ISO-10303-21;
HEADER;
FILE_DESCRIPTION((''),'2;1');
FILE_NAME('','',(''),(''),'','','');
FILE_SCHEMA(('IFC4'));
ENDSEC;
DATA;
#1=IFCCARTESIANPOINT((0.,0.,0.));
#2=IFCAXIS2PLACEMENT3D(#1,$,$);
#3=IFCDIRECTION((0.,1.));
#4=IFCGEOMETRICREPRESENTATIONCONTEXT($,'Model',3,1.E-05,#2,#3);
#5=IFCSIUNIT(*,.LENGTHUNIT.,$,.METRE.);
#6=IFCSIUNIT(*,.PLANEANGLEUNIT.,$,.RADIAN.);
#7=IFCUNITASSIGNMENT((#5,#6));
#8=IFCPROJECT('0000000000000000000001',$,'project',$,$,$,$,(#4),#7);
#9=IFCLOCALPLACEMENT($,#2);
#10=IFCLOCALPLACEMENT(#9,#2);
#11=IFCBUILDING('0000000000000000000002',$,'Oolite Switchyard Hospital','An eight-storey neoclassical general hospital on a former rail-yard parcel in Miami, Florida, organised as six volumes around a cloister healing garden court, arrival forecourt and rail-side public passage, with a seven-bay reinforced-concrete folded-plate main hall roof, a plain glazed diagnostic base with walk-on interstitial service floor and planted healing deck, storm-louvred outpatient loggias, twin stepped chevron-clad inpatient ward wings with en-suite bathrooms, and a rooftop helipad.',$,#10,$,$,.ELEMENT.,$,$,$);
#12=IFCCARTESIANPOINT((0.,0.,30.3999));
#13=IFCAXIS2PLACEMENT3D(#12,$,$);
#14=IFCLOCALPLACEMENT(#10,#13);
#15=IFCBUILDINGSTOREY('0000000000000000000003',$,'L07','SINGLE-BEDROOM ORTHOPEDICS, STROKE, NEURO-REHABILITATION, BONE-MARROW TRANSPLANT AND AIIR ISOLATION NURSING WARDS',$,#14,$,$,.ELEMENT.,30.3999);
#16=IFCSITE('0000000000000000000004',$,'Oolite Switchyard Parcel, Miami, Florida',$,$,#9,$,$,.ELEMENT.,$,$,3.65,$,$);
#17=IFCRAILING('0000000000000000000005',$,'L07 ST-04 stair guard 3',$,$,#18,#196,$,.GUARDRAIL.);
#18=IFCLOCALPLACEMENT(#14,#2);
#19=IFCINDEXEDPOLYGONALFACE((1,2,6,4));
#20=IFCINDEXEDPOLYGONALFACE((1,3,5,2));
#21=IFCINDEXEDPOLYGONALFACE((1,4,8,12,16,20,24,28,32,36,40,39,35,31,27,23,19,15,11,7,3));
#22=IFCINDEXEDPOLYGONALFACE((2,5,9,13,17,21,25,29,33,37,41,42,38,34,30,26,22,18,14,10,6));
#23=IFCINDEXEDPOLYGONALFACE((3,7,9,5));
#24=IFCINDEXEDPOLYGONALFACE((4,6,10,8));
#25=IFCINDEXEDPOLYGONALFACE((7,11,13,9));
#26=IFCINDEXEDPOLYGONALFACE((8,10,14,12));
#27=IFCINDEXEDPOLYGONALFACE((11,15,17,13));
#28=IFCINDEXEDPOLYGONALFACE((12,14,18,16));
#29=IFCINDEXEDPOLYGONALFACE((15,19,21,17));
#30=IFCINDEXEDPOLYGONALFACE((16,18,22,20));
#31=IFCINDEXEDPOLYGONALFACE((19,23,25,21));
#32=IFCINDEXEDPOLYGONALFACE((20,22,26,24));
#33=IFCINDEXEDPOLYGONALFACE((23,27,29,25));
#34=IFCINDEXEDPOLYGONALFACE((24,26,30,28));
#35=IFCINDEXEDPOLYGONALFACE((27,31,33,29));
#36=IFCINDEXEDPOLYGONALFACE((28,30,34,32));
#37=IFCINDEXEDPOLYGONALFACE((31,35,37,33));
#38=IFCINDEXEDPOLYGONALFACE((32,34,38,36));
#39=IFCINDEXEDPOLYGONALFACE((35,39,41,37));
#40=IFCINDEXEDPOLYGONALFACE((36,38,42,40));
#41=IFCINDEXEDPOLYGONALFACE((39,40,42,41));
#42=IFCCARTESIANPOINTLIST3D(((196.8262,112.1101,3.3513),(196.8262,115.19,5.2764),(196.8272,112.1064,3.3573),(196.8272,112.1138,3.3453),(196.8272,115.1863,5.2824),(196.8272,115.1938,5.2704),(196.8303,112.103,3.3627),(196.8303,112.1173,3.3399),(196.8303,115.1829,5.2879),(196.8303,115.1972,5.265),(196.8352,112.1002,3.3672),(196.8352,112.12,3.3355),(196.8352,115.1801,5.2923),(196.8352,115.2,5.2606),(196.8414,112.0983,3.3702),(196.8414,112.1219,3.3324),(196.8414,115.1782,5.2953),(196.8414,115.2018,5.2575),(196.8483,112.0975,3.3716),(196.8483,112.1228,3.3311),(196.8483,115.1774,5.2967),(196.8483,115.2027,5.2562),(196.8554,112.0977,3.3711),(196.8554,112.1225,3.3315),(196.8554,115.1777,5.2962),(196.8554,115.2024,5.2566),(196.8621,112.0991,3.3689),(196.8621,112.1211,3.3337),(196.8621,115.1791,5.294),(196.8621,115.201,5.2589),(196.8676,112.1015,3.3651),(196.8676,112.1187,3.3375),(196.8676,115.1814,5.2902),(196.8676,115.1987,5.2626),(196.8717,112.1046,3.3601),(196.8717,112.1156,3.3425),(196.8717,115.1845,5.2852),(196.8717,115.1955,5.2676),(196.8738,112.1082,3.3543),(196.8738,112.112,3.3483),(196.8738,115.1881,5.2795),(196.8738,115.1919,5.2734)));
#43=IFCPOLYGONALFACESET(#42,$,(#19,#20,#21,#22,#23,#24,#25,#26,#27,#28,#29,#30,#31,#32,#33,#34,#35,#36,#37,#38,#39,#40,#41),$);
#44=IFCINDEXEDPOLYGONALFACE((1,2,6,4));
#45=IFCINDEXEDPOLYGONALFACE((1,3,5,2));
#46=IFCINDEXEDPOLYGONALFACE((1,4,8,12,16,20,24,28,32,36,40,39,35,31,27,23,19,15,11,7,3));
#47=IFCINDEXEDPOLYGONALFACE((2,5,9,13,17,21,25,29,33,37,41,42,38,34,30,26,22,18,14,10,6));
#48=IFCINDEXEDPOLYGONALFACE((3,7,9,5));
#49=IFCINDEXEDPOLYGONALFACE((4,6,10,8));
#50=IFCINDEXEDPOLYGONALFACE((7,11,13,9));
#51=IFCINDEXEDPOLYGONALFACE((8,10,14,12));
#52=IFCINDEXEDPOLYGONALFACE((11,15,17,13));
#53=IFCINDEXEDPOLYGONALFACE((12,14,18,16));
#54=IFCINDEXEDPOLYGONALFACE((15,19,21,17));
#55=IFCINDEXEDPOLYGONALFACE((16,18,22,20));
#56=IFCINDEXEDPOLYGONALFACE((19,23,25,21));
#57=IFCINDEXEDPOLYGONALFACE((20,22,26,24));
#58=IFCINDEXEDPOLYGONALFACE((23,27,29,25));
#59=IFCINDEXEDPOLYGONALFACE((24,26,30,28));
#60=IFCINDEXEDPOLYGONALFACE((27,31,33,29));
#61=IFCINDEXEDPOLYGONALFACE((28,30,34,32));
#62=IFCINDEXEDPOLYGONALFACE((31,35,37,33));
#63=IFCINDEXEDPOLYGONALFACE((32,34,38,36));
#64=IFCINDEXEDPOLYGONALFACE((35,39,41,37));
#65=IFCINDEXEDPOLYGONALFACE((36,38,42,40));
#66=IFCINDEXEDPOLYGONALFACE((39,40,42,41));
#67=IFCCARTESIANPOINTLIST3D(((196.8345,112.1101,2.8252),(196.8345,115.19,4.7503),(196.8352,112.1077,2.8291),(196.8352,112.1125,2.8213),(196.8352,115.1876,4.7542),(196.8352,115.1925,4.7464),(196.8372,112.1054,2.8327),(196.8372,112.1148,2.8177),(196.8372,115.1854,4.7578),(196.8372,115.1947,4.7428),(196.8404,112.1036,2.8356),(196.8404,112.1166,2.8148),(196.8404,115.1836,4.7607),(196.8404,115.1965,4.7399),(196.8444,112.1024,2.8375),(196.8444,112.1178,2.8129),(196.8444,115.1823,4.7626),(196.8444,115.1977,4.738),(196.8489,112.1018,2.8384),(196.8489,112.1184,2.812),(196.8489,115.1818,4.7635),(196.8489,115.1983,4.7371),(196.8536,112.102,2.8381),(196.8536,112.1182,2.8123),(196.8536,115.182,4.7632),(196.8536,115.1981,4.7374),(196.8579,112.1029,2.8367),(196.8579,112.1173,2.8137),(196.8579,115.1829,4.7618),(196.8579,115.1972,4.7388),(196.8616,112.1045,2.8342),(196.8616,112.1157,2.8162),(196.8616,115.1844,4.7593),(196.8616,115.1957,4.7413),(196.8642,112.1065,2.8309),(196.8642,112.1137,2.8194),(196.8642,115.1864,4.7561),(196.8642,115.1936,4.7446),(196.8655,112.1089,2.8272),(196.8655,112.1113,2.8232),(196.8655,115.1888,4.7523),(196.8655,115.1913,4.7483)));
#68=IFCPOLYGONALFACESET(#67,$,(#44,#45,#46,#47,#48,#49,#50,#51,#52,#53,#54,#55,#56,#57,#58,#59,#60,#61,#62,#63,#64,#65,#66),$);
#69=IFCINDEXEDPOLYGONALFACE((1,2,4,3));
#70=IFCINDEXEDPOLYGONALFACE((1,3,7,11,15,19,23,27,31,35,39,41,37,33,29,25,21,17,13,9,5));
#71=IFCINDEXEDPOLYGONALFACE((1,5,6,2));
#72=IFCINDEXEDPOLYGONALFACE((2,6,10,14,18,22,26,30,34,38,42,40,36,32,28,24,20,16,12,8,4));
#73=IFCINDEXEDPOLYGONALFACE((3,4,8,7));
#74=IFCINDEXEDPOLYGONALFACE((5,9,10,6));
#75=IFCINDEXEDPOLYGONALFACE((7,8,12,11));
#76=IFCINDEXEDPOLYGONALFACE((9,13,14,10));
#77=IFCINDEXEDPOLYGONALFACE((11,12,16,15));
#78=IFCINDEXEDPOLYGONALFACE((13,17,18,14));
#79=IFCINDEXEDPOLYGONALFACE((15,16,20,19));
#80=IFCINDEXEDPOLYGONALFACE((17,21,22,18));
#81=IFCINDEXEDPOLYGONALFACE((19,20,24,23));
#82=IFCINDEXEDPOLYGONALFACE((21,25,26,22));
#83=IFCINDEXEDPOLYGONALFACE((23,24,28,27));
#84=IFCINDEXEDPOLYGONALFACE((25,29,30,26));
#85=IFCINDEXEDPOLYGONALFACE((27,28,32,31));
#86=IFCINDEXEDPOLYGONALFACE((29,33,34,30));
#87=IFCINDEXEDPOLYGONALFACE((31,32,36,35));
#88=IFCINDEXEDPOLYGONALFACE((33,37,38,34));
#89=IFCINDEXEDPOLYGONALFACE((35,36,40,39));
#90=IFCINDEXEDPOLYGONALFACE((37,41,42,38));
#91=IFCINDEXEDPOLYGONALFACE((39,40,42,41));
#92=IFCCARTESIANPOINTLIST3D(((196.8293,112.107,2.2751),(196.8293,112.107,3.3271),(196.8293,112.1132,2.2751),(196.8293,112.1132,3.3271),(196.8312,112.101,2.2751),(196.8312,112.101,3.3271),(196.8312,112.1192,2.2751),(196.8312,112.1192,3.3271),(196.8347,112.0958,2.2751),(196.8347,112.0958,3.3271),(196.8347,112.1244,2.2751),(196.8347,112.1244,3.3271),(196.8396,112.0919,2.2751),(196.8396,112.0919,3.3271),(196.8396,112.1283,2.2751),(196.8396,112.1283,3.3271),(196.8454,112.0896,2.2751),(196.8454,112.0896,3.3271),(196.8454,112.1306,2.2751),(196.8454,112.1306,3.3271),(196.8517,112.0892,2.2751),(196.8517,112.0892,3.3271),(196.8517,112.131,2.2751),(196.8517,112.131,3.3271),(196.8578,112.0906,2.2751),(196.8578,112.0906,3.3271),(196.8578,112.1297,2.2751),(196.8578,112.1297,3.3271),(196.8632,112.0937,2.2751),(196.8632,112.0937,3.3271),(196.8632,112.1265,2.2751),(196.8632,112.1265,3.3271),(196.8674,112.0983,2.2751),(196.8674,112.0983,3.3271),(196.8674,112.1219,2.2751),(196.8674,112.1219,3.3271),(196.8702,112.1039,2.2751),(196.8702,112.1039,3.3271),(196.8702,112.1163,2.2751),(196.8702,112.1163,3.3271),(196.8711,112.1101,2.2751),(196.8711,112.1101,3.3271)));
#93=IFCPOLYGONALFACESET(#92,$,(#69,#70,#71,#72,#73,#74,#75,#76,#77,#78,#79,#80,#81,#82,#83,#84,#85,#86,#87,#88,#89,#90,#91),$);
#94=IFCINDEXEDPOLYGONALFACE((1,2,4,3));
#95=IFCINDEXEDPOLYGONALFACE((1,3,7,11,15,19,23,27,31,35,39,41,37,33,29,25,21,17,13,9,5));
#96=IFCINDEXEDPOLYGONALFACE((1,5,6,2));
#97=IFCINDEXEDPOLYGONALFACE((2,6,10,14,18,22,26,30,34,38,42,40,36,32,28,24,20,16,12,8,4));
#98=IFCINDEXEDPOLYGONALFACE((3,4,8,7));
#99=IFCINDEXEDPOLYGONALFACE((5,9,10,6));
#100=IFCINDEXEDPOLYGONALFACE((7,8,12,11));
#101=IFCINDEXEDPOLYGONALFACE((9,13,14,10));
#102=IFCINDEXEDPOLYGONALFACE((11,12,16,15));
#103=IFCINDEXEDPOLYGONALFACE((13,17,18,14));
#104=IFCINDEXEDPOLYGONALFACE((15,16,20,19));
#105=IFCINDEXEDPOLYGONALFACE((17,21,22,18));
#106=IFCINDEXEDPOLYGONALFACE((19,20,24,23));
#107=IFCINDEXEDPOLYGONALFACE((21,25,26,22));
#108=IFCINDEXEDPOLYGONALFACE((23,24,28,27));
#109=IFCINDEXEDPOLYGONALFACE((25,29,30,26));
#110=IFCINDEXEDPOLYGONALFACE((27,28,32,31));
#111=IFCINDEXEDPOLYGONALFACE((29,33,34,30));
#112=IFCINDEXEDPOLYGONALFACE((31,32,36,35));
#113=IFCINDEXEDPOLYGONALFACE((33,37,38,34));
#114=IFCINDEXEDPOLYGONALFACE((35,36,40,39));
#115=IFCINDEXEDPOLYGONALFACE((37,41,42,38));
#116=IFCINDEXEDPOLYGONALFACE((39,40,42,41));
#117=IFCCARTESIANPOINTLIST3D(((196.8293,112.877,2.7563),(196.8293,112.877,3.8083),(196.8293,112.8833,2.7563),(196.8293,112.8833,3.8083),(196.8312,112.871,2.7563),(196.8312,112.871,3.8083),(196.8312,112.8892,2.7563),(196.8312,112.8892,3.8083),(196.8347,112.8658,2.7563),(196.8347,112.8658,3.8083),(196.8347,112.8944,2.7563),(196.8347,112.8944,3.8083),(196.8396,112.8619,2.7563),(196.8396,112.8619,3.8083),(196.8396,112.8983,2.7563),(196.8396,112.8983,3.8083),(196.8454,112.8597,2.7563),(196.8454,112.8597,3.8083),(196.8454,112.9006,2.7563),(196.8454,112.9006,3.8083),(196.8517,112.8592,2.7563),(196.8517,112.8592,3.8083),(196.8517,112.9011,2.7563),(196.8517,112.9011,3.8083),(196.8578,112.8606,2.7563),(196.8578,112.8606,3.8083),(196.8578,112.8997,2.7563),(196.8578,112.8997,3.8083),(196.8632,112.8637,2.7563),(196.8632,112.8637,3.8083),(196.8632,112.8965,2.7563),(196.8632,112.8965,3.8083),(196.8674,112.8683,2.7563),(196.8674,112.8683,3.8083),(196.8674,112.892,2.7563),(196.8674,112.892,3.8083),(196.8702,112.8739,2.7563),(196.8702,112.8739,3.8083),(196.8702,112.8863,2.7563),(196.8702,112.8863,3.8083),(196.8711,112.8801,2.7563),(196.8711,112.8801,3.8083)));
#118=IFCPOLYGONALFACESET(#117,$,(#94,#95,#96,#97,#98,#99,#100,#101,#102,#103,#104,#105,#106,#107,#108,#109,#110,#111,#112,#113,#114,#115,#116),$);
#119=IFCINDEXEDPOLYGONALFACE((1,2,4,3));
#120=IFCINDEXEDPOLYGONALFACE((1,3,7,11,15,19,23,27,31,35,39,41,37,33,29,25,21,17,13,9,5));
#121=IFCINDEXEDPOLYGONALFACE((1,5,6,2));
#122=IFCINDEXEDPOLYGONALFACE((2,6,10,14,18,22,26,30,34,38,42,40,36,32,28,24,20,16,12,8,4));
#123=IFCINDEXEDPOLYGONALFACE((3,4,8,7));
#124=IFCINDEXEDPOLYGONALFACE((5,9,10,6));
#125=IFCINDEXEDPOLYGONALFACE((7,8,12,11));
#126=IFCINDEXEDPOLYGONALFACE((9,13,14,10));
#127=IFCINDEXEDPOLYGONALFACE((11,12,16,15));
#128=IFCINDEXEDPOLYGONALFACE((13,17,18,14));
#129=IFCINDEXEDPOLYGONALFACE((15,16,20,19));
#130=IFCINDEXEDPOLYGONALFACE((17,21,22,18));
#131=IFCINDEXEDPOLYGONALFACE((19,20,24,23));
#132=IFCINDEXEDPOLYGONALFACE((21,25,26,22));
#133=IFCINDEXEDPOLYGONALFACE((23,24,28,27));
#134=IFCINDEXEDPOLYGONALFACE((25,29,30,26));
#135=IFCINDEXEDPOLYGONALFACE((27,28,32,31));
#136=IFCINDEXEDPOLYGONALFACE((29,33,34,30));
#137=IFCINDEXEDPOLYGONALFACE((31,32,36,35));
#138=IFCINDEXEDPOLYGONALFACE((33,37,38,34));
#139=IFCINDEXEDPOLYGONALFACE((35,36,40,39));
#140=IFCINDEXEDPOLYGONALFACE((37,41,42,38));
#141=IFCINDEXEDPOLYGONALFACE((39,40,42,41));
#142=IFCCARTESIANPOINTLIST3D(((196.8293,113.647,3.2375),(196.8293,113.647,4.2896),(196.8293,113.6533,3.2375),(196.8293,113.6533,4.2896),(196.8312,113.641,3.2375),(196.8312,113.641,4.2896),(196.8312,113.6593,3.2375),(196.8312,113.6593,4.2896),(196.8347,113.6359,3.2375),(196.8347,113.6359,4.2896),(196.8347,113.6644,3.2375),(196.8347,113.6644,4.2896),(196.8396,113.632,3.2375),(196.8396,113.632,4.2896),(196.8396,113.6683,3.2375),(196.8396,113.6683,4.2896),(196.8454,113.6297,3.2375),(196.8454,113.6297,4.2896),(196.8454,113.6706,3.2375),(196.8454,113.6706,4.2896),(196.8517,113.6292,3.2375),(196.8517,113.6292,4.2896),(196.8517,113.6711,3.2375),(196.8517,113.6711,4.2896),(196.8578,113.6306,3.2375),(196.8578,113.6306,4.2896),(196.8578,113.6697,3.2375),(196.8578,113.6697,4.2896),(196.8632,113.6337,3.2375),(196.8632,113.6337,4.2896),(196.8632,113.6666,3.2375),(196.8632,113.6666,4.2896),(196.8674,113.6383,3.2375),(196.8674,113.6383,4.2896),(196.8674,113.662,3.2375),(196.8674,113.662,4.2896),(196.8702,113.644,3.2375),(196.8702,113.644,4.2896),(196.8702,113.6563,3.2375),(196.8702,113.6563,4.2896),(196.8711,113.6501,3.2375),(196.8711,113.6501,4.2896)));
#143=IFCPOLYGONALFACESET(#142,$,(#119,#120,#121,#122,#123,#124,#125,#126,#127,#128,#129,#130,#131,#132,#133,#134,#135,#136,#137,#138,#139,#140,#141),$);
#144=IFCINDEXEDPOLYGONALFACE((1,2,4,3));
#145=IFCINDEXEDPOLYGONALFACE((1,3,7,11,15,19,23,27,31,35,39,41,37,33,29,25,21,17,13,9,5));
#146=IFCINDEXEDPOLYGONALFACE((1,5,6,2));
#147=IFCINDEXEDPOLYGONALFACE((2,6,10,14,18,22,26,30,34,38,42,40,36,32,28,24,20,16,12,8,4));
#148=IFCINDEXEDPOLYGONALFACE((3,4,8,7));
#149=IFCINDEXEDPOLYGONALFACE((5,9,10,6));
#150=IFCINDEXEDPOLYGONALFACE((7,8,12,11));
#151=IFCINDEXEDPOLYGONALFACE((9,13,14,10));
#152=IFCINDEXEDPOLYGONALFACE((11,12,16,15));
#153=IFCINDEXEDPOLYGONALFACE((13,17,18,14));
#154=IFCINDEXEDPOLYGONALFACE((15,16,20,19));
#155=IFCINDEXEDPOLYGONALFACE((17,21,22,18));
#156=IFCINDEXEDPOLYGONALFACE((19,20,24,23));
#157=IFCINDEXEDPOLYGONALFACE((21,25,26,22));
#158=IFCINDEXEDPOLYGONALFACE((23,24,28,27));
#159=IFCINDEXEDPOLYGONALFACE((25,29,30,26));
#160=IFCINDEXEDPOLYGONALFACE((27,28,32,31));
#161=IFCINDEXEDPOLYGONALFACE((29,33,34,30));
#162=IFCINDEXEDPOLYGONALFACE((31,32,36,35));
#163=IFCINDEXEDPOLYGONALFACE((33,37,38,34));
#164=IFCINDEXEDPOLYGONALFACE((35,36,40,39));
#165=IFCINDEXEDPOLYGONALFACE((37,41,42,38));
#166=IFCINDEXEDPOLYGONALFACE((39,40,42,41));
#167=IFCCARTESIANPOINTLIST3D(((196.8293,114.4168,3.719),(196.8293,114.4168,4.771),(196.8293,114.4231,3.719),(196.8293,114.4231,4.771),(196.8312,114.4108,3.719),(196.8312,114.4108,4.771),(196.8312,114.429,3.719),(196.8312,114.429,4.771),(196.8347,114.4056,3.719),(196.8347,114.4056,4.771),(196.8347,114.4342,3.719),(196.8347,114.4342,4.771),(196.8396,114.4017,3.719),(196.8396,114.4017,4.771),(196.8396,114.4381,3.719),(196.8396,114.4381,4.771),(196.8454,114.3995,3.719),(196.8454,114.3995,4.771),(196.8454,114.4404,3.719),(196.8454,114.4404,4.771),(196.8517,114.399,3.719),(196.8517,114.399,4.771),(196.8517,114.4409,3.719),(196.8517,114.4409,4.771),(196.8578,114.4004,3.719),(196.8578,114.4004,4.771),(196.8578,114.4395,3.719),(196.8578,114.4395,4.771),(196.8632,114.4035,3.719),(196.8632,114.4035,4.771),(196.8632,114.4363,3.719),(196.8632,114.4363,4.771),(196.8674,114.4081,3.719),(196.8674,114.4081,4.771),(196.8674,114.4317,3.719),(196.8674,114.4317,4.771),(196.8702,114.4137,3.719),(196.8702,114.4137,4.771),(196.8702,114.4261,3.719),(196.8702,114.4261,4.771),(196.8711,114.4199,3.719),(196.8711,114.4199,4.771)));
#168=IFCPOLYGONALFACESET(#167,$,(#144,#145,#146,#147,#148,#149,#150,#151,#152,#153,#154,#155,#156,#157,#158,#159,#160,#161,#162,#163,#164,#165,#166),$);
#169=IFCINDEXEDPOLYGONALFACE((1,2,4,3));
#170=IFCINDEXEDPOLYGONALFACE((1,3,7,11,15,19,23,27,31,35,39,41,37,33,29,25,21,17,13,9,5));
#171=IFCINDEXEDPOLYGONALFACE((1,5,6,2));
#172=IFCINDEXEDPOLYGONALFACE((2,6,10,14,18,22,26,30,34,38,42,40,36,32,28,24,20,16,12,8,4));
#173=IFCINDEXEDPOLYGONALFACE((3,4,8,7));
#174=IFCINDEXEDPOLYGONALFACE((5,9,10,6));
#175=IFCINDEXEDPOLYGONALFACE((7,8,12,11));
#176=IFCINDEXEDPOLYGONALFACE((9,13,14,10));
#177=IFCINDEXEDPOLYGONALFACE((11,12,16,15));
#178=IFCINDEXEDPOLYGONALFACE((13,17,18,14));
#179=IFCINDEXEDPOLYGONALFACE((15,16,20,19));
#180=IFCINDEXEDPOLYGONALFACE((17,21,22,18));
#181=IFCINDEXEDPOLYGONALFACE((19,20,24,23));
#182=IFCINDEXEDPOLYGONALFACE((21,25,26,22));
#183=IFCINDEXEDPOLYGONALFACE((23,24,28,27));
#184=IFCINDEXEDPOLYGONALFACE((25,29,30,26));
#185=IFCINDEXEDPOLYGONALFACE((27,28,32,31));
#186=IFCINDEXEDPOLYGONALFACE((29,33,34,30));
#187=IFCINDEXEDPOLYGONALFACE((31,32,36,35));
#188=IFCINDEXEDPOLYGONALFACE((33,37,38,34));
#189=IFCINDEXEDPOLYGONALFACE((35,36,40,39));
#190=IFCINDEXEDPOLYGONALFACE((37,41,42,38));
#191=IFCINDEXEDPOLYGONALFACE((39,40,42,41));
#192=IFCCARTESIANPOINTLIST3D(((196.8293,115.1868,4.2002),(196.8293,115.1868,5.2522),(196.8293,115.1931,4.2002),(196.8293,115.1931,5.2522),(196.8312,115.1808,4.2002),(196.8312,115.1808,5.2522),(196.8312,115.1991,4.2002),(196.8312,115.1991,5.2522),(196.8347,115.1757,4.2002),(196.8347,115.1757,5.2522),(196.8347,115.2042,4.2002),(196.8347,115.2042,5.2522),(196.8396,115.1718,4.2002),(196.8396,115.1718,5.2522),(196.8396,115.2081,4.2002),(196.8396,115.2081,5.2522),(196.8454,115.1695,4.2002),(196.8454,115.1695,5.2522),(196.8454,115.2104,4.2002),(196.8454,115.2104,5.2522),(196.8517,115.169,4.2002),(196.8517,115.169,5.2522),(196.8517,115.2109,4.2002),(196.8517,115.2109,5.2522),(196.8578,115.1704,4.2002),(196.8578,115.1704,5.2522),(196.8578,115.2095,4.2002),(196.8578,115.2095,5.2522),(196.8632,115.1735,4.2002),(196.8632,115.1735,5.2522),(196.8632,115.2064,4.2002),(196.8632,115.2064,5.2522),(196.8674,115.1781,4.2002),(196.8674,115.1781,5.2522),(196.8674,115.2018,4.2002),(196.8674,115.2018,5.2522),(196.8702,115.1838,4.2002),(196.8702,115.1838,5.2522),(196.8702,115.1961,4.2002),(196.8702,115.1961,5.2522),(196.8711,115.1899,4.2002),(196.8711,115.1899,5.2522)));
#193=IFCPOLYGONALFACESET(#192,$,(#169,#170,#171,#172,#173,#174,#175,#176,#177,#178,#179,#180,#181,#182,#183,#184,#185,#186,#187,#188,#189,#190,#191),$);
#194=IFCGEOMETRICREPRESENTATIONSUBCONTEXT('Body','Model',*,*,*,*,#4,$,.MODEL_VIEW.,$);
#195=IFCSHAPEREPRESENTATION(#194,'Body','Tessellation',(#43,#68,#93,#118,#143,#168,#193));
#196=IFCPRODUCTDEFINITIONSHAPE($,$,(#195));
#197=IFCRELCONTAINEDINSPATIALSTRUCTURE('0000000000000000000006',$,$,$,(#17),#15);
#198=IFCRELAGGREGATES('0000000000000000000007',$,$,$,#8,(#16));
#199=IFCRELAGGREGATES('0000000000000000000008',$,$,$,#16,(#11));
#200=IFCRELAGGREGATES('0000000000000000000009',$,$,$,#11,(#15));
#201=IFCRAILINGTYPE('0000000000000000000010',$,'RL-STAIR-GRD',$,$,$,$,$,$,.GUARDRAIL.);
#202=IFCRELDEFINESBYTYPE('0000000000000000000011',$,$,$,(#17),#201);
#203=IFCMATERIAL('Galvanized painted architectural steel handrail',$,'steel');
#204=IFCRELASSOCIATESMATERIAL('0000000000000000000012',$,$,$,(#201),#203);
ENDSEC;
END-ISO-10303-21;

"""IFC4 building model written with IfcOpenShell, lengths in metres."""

from ifc_helpers import new_model, si_unit, direction, frame, origin, origin_2d, place, context, subcontext, project, spatial, circle, extrude, material, type_object, element, save


model = new_model("IFC4")

# Units and contexts
model_context = context("Model", 3, precision=1e-05, world=origin(), true_north=direction((0.0, 1.0)))
body_context = subcontext(model_context, "Body", "Model", "MODEL_VIEW")
ifc_project = project(units=[si_unit("LENGTHUNIT", "METRE"), si_unit("PLANEANGLEUNIT", "RADIAN")], contexts=[model_context])

# Site, building, storey
site_placement = place(None, origin())
site = spatial("IfcSite", under=ifc_project, at=site_placement, Name="Oolite Switchyard Parcel, Miami, Florida", CompositionType="ELEMENT", RefElevation=3.65)
building_placement = place(site_placement, origin())
building = spatial("IfcBuilding", under=site, at=building_placement, Name="Oolite Switchyard Hospital", Description="An eight-storey neoclassical general hospital on a former rail-yard parcel in Miami, Florida, organised as six volumes around a cloister healing garden court, arrival forecourt and rail-side public passage, with a seven-bay reinforced-concrete folded-plate main hall roof, a plain glazed diagnostic base with walk-on interstitial service floor and planted healing deck, storm-louvred outpatient loggias, twin stepped chevron-clad inpatient ward wings with en-suite bathrooms, and a rooftop helipad.", CompositionType="ELEMENT")
storey_placement = place(building_placement, frame((0.0, 0.0, 30.3999)))
storey = spatial("IfcBuildingStorey", under=building, at=storey_placement, Name="L07", Description="SINGLE-BEDROOM ORTHOPEDICS, STROKE, NEURO-REHABILITATION, BONE-MARROW TRANSPLANT AND AIIR ISOLATION NURSING WARDS", CompositionType="ELEMENT", Elevation=30.3999)

# Railing
ifc_material_1 = material(Name="Galvanized painted architectural steel handrail", Category="steel")
railing_type_1 = type_object("IfcRailingType", Name="RL-STAIR-GRD", PredefinedType="GUARDRAIL", material=ifc_material_1)
railing_1_placement = place(storey_placement, frame((196.8501, 112.1101, 2.2751)))
element("IfcRailing", 1, at=railing_1_placement, inside=storey, type_object=railing_type_1, Name="L07 ST-04 stair guard 3", PredefinedType="GUARDRAIL", context=body_context, shape_type="SweptSolid", body=[
    extrude(circle(Radius=0.0239, at=origin_2d()), frame((0.0, 0.0, 1.0762), z_axis=(0.0, 0.847979, 0.530029), x_axis=(-1.0, 0.0, 0.0)), (0.0, 0.0, 1.0), 3.6321),
    extrude(circle(Radius=0.0156, at=origin_2d()), frame((0.0, 0.0, 0.55), z_axis=(0.0, 0.847979, 0.530029), x_axis=(-1.0, 0.0, 0.0)), (0.0, 0.0, 1.0), 3.6321),
    extrude(circle(Radius=0.021, at=origin_2d()), origin(), (0.0, 0.0, 1.0), 1.052),
    extrude(circle(Radius=0.021, at=origin_2d()), frame((0.0, 0.77, 0.4812)), (0.0, 0.0, 1.0), 1.052),
    extrude(circle(Radius=0.021, at=origin_2d()), frame((0.0, 1.54, 0.9624)), (0.0, 0.0, 1.0), 1.052),
    extrude(circle(Radius=0.021, at=origin_2d()), frame((0.0, 2.3098, 1.4438)), (0.0, 0.0, 1.0), 1.052),
    extrude(circle(Radius=0.021, at=origin_2d()), frame((0.0, 3.0798, 1.925)), (0.0, 0.0, 1.0), 1.052),
])

save(model, "model.ifc")
